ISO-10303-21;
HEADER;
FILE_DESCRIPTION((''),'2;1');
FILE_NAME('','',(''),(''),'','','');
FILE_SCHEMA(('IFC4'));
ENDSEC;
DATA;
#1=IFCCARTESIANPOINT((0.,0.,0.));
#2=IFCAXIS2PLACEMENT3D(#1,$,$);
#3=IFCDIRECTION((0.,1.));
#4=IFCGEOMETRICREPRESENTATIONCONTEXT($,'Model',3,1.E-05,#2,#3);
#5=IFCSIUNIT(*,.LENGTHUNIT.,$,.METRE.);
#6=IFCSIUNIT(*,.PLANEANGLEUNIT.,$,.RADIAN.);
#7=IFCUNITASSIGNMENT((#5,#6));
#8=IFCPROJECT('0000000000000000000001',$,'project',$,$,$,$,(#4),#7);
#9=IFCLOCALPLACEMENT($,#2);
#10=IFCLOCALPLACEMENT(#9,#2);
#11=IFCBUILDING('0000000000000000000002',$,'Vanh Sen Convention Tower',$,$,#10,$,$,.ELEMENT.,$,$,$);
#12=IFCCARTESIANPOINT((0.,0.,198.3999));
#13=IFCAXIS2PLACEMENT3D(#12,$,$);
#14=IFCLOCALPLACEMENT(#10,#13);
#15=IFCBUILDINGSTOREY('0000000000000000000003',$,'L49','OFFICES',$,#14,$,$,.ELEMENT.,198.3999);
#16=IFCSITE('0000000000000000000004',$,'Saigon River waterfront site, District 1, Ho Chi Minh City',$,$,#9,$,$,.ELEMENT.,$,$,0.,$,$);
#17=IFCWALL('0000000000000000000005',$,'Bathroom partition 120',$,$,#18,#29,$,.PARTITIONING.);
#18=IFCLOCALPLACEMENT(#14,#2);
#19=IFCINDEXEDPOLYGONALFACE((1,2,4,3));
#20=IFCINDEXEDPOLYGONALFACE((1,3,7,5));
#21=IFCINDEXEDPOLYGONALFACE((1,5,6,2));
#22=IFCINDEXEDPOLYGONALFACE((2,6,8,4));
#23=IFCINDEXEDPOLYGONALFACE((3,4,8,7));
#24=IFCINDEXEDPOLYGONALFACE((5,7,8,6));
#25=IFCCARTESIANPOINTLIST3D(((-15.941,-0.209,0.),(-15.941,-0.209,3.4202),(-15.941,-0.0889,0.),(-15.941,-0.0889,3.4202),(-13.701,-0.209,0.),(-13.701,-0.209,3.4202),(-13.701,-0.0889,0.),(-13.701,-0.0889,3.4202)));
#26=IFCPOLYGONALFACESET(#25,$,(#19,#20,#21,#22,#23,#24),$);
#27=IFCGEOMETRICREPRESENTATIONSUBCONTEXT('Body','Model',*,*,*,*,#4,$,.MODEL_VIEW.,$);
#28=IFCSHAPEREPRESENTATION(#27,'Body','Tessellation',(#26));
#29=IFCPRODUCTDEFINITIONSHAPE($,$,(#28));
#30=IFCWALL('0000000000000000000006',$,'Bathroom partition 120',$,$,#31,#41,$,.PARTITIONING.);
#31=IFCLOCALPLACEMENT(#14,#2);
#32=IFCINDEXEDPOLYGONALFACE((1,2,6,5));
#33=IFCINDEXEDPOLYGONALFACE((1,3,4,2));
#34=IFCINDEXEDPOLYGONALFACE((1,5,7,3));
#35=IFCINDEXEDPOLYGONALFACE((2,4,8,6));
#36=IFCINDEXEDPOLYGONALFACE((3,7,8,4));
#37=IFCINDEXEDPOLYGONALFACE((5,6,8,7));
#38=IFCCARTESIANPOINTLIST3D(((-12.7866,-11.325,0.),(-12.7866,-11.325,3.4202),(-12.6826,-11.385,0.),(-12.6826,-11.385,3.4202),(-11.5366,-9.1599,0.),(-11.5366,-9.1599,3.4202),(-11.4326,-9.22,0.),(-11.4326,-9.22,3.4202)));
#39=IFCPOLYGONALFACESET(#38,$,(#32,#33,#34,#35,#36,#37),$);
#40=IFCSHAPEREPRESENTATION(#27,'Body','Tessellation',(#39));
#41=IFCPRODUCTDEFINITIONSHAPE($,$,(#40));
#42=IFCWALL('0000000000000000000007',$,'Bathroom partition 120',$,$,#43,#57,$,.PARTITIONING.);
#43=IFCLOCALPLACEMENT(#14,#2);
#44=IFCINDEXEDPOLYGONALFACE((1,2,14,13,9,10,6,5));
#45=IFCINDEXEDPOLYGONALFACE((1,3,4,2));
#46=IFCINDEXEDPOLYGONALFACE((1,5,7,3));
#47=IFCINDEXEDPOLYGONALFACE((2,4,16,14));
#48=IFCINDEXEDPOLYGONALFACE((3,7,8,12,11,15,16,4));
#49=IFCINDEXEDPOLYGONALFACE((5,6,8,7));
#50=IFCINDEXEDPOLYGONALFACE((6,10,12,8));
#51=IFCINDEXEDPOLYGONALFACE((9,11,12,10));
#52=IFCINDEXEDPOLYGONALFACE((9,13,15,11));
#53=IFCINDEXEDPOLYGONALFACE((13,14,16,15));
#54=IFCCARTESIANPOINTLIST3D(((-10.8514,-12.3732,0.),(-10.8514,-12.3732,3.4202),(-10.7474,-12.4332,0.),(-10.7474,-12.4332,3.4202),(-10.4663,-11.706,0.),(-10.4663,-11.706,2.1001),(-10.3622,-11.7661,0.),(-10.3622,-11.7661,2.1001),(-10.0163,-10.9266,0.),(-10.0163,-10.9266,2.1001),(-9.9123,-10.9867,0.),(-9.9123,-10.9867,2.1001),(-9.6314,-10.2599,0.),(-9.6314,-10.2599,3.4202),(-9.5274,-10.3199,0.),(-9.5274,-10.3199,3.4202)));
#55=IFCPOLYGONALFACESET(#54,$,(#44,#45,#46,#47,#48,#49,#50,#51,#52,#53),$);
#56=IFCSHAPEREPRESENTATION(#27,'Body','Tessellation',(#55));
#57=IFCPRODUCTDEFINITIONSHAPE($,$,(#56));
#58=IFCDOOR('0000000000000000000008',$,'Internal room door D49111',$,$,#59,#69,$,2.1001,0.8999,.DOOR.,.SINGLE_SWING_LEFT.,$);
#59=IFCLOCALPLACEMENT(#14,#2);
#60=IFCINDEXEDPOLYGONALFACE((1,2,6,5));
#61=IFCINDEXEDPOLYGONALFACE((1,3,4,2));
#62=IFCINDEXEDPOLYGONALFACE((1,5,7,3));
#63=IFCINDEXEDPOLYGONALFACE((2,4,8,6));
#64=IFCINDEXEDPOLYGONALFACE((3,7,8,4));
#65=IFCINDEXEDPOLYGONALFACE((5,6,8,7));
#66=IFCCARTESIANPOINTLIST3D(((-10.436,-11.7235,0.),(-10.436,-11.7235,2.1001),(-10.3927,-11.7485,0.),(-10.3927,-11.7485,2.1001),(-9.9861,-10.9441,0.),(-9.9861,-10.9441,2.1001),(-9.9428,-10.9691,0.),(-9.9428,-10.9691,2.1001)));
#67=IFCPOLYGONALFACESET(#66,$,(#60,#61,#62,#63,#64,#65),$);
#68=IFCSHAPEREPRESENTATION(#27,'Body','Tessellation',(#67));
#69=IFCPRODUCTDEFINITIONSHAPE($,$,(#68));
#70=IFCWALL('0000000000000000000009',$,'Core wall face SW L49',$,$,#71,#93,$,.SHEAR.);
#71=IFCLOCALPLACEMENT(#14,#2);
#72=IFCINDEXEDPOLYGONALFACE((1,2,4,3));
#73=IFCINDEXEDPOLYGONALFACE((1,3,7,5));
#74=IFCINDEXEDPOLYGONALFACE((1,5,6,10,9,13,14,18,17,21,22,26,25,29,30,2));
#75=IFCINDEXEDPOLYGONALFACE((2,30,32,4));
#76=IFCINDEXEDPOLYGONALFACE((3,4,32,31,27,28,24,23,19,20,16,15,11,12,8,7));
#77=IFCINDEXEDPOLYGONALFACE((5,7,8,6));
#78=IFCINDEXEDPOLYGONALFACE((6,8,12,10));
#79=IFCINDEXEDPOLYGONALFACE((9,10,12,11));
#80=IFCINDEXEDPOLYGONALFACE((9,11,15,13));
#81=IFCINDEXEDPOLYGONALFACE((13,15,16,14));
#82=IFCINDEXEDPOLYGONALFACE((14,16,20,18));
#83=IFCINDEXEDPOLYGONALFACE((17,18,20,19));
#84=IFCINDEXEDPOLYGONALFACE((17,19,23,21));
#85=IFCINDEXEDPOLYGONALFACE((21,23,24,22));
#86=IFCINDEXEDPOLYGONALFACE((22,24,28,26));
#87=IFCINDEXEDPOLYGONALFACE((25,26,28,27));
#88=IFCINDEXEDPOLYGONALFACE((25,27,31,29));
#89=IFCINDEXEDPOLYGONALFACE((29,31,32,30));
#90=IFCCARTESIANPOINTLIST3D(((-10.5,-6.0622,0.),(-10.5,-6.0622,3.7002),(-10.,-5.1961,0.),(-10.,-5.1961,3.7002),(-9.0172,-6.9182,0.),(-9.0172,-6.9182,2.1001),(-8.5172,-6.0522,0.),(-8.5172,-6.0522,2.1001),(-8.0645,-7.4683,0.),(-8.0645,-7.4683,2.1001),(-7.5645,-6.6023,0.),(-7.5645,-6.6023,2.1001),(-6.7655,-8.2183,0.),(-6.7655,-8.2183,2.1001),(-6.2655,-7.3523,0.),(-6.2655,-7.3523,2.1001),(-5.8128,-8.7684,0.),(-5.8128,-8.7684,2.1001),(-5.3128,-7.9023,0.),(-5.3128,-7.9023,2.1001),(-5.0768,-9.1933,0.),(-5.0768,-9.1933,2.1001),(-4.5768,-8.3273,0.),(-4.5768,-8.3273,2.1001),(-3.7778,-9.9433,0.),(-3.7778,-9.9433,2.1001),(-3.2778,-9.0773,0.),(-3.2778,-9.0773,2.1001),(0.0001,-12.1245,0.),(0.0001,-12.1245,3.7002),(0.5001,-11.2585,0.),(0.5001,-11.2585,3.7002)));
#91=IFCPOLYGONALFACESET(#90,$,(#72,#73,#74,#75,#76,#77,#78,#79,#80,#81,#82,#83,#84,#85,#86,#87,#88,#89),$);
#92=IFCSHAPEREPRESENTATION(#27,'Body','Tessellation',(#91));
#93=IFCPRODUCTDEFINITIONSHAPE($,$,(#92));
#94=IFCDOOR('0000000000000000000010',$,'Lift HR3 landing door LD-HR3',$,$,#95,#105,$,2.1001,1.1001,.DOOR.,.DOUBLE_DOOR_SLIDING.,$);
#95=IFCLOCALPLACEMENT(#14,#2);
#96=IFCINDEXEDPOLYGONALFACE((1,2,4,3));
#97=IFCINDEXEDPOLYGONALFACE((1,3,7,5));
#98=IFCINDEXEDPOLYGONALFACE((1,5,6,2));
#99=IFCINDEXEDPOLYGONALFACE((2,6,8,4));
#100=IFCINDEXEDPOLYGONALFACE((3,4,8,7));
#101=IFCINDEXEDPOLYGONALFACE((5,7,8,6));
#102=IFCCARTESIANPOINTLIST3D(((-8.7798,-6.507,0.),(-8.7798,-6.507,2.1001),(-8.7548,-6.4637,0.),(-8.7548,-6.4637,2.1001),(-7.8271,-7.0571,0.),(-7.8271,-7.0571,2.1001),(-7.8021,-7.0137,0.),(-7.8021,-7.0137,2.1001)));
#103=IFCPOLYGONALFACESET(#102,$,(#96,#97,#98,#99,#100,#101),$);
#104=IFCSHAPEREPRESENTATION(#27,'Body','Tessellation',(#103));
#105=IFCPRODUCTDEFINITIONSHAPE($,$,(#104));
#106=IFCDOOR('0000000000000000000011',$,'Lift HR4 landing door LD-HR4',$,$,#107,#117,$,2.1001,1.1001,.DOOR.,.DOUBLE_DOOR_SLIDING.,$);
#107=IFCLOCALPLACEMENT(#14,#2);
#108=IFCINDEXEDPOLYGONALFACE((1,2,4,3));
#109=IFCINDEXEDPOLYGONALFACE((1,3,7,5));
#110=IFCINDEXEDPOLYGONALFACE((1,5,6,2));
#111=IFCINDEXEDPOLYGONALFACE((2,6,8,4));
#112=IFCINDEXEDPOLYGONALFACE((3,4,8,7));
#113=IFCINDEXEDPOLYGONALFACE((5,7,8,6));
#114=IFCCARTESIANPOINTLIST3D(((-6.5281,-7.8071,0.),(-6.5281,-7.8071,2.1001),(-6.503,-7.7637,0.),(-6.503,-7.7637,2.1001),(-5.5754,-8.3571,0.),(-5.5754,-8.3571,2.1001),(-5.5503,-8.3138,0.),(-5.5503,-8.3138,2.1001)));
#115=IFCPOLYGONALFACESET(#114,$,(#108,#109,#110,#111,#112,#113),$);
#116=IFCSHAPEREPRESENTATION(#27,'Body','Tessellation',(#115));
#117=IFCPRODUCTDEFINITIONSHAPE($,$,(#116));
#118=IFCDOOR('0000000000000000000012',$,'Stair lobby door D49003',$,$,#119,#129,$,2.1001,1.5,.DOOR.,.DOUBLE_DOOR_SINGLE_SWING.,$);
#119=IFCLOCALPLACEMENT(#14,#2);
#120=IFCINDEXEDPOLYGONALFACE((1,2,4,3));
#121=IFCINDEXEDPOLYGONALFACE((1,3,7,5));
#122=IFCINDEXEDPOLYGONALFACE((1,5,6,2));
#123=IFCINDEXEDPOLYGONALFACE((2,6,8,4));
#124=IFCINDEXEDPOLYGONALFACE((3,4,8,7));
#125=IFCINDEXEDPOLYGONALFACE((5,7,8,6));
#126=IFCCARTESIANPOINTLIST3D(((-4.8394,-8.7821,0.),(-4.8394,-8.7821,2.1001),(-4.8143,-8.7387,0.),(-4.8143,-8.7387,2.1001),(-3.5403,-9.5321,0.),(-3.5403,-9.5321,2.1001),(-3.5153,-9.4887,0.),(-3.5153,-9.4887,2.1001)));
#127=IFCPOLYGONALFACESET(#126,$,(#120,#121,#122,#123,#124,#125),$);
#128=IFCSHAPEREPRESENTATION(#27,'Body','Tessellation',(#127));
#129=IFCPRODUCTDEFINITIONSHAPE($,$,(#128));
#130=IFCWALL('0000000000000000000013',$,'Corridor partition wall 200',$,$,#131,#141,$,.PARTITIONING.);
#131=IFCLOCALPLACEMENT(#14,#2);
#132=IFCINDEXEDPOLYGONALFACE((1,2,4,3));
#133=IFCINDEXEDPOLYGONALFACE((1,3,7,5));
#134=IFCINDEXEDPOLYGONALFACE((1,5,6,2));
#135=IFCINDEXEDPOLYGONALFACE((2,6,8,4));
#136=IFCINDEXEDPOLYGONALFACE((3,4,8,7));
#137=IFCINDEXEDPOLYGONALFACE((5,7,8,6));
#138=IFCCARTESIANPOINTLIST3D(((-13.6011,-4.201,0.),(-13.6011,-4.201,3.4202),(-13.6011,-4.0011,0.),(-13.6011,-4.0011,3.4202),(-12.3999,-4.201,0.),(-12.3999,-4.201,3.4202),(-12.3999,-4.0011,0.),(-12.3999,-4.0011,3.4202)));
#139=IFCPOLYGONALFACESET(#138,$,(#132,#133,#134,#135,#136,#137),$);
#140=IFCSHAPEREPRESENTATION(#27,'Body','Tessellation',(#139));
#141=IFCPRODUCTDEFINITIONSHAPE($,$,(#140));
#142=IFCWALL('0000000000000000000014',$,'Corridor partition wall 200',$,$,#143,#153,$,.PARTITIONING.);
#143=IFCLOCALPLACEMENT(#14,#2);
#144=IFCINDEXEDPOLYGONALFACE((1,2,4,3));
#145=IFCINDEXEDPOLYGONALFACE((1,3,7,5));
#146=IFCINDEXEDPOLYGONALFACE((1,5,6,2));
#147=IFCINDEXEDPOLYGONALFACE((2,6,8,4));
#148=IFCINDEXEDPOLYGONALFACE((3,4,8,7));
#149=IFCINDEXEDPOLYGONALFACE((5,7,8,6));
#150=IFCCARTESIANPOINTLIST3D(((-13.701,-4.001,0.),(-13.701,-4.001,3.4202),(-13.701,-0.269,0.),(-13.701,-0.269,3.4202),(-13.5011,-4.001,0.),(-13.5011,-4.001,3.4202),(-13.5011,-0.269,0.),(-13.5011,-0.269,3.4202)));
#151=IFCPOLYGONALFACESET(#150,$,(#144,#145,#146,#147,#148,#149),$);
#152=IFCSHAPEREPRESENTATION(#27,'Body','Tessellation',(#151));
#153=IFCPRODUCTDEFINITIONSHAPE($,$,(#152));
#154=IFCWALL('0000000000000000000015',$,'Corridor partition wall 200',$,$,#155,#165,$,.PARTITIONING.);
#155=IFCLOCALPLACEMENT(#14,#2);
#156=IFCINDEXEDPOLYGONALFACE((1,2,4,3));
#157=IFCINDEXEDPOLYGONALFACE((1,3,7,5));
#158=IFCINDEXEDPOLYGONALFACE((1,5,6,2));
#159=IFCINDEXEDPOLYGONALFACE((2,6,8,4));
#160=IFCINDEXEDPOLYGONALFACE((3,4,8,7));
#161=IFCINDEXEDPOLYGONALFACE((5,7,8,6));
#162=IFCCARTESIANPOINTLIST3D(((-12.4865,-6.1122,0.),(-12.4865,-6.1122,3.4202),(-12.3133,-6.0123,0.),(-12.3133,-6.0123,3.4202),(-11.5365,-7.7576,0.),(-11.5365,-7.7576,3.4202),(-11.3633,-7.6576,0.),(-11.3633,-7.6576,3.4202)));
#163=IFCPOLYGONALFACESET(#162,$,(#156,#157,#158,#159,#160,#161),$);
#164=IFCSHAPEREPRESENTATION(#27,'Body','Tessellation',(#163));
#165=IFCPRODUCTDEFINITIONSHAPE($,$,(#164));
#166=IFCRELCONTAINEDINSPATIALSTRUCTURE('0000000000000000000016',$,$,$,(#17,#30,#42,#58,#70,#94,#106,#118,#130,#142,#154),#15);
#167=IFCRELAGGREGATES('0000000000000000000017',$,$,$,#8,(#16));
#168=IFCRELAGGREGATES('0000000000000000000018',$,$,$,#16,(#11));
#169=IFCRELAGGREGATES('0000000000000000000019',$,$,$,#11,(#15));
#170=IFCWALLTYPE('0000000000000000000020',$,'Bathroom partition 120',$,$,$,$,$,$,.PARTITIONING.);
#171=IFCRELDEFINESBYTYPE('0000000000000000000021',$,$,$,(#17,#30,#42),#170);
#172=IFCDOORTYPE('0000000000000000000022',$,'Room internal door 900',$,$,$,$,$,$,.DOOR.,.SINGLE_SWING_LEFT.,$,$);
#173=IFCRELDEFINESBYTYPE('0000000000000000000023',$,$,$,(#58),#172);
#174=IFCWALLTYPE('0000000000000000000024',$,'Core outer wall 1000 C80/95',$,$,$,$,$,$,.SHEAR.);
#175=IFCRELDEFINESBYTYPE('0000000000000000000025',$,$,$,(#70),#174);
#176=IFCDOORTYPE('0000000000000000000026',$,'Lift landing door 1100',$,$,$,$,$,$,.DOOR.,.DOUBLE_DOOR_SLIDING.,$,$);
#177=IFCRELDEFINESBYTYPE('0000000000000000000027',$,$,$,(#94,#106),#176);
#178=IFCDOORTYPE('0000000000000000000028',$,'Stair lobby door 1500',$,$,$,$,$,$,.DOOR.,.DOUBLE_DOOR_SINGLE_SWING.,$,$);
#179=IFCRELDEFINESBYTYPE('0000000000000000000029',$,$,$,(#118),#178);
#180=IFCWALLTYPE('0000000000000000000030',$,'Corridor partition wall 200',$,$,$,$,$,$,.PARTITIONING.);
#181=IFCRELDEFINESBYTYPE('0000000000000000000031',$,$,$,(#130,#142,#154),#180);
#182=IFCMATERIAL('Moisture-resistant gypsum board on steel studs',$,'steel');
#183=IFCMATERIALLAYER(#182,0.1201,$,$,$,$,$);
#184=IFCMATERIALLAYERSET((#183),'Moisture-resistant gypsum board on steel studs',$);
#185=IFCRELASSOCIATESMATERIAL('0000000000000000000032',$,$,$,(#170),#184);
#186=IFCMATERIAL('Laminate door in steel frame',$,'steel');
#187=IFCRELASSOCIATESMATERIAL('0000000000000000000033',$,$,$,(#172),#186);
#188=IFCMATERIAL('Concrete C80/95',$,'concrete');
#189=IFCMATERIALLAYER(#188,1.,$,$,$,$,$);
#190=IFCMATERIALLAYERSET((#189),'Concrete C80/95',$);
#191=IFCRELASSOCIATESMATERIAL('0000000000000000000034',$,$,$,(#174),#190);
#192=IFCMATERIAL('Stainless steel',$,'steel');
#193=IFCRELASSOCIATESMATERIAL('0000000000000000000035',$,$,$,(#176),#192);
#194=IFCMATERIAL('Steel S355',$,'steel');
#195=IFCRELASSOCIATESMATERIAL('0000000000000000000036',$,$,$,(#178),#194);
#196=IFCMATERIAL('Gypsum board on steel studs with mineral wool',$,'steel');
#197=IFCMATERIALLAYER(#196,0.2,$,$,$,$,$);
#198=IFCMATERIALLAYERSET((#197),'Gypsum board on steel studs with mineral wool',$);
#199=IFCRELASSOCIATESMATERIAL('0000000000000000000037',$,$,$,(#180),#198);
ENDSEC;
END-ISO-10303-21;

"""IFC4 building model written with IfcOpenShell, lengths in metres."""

from ifc_helpers import new_model, si_unit, direction, frame, frame_2d, origin, place, context, subcontext, project, spatial, rectangle, extrude, material, layer, layer_set, type_object, element, fill, save


model = new_model("IFC4")

# Units and contexts
model_context = context("Model", 3, precision=1e-05, world=origin(), true_north=direction((0.0, 1.0)))
body_context = subcontext(model_context, "Body", "Model", "MODEL_VIEW")
ifc_project = project(units=[si_unit("LENGTHUNIT", "METRE"), si_unit("PLANEANGLEUNIT", "RADIAN")], contexts=[model_context])

# Site, building, storey
site_placement = place(None, origin())
site = spatial("IfcSite", under=ifc_project, at=site_placement, Name="Saigon River waterfront site, District 1, Ho Chi Minh City", CompositionType="ELEMENT", RefElevation=0.0)
building_placement = place(site_placement, origin())
building = spatial("IfcBuilding", under=site, at=building_placement, Name="Vanh Sen Convention Tower", CompositionType="ELEMENT")
storey_placement = place(building_placement, frame((0.0, 0.0, 198.3999)))
storey = spatial("IfcBuildingStorey", under=building, at=storey_placement, Name="L49", Description="OFFICES", CompositionType="ELEMENT", Elevation=198.3999)

# Walls
ifc_material_1 = material(Name="Moisture-resistant gypsum board on steel studs", Category="steel")
ifc_layer_1 = layer(ifc_material_1, 0.1201)
ifc_layer_set_1 = layer_set([ifc_layer_1], Name="Moisture-resistant gypsum board on steel studs")
wall_type_1 = type_object("IfcWallType", Name="Bathroom partition 120", PredefinedType="PARTITIONING", material=ifc_layer_set_1)
wall_1_placement = place(storey_placement, frame((-13.7009, -0.1489, 0.0), z_axis=(0.0, 0.0, 1.0), x_axis=(-1.0, 0.0, 0.0)))
element("IfcWall", 1, at=wall_1_placement, inside=storey, type_object=wall_type_1, Name="Bathroom partition 120", PredefinedType="PARTITIONING", context=body_context, shape_type="SweptSolid", body=[
    extrude(rectangle(XDim=2.24, YDim=0.1201, at=frame_2d((1.1201, 0.0))), origin(), (0.0, 0.0, 1.0), 3.4202),
])
wall_2_placement = place(storey_placement, frame((-12.7346, -11.355, 0.0), z_axis=(0.0, 0.0, 1.0), x_axis=(0.500004, 0.866023, 0.0)))
element("IfcWall", 2, at=wall_2_placement, inside=storey, type_object=wall_type_1, Name="Bathroom partition 120", PredefinedType="PARTITIONING", context=body_context, shape_type="SweptSolid", body=[
    extrude(rectangle(XDim=2.5, YDim=0.1201, at=frame_2d((1.25, 0.0))), origin(), (0.0, 0.0, 1.0), 3.4202),
])

# Wall, opening, door
wall_3_placement = place(storey_placement, frame((-9.5793, -10.2898, 0.0), z_axis=(0.0, 0.0, 1.0), x_axis=(-0.499959, -0.866049, 0.0)))
wall_3 = element("IfcWall", 3, at=wall_3_placement, inside=storey, type_object=wall_type_1, Name="Bathroom partition 120", PredefinedType="PARTITIONING", context=body_context, shape_type="SweptSolid", body=[
    extrude(rectangle(XDim=2.4402, YDim=0.1201, at=frame_2d((1.2202, 0.0))), origin(), (0.0, 0.0, 1.0), 3.4202),
])
opening_1_placement = place(wall_3_placement, frame((0.77, 0.0, 0.0)))
opening_1 = element("IfcOpeningElement", 4, at=opening_1_placement, cuts=wall_3, PredefinedType="OPENING", context=body_context, shape_type="SweptSolid", body=[
    extrude(rectangle(XDim=0.8999, YDim=2.1001, at=frame_2d((0.45, 1.05))), frame((0.0, 0.0701, 0.0), z_axis=(0.0, -1.0, 0.0), x_axis=(1.0, 0.0, 0.0)), (0.0, 0.0, 1.0), 0.1401),
])
ifc_material_2 = material(Name="Laminate door in steel frame", Category="steel")
door_type_1 = type_object("IfcDoorType", Name="Room internal door 900", OperationType="SINGLE_SWING_LEFT", PredefinedType="DOOR", material=ifc_material_2)
door_1_placement = place(opening_1_placement, origin())
door_1 = element("IfcDoor", 5, at=door_1_placement, inside=storey, type_object=door_type_1, Name="Internal room door D49111", OperationType="SINGLE_SWING_LEFT", OverallHeight=2.1001, OverallWidth=0.8999, PredefinedType="DOOR", context=body_context, shape_type="SweptSolid", body=[
    extrude(rectangle(XDim=0.8999, YDim=2.1001, at=frame_2d((0.45, 1.05))), frame((0.0, 0.0249, 0.0), z_axis=(0.0, -1.0, 0.0), x_axis=(1.0, 0.0, 0.0)), (0.0, 0.0, 1.0), 0.05),
])
fill(opening_1, door_1)

# Wall, openings, doors
ifc_material_3 = material(Name="Concrete C80/95", Category="concrete")
ifc_layer_2 = layer(ifc_material_3, 1.0)
ifc_layer_set_2 = layer_set([ifc_layer_2], Name="Concrete C80/95")
wall_type_2 = type_object("IfcWallType", Name="Core outer wall 1000 C80/95", PredefinedType="SHEAR", material=ifc_layer_set_2)
wall_4_placement = place(storey_placement, frame((-10.25, -5.6292, 0.0), z_axis=(0.0, 0.0, 1.0), x_axis=(0.866023, -0.500005, 0.0)))
wall_4 = element("IfcWall", 6, at=wall_4_placement, inside=storey, type_object=wall_type_2, Name="Core wall face SW L49", PredefinedType="SHEAR", context=body_context, shape_type="SweptSolid", body=[
    extrude(rectangle(XDim=12.1245, YDim=1.0, at=frame_2d((6.0623, 0.0))), origin(), (0.0, 0.0, 1.0), 3.7002),
])
opening_2_placement = place(wall_4_placement, frame((6.2622, 0.0, 0.0)))
opening_2 = element("IfcOpeningElement", 7, at=opening_2_placement, cuts=wall_4, PredefinedType="OPENING", context=body_context, shape_type="SweptSolid", body=[
    extrude(rectangle(XDim=1.5, YDim=2.1001, at=frame_2d((0.75, 1.05))), frame((0.0, 0.51, 0.0), z_axis=(0.0, -1.0, 0.0), x_axis=(1.0, 0.0, 0.0)), (0.0, 0.0, 1.0), 1.02),
])
opening_3_placement = place(wall_4_placement, frame((1.7122, 0.0, 0.0)))
opening_3 = element("IfcOpeningElement", 8, at=opening_3_placement, cuts=wall_4, PredefinedType="OPENING", context=body_context, shape_type="SweptSolid", body=[
    extrude(rectangle(XDim=1.1001, YDim=2.1001, at=frame_2d((0.55, 1.05))), frame((0.0, 0.51, 0.0), z_axis=(0.0, -1.0, 0.0), x_axis=(1.0, 0.0, 0.0)), (0.0, 0.0, 1.0), 1.02),
])
opening_4_placement = place(wall_4_placement, frame((4.3123, 0.0, 0.0)))
opening_4 = element("IfcOpeningElement", 9, at=opening_4_placement, cuts=wall_4, PredefinedType="OPENING", context=body_context, shape_type="SweptSolid", body=[
    extrude(rectangle(XDim=1.1001, YDim=2.1001, at=frame_2d((0.55, 1.05))), frame((0.0, 0.51, 0.0), z_axis=(0.0, -1.0, 0.0), x_axis=(1.0, 0.0, 0.0)), (0.0, 0.0, 1.0), 1.02),
])
ifc_material_4 = material(Name="Stainless steel", Category="steel")
door_type_2 = type_object("IfcDoorType", Name="Lift landing door 1100", OperationType="DOUBLE_DOOR_SLIDING", PredefinedType="DOOR", material=ifc_material_4)
door_2_placement = place(opening_3_placement, origin())
door_2 = element("IfcDoor", 10, at=door_2_placement, inside=storey, type_object=door_type_2, Name="Lift HR3 landing door LD-HR3", OperationType="DOUBLE_DOOR_SLIDING", OverallHeight=2.1001, OverallWidth=1.1001, PredefinedType="DOOR", context=body_context, shape_type="SweptSolid", body=[
    extrude(rectangle(XDim=1.1001, YDim=2.1001, at=frame_2d((0.55, 1.05))), frame((0.0, 0.0249, 0.0), z_axis=(0.0, -1.0, 0.0), x_axis=(1.0, 0.0, 0.0)), (0.0, 0.0, 1.0), 0.05),
])
fill(opening_3, door_2)
door_3_placement = place(opening_4_placement, origin())
door_3 = element("IfcDoor", 11, at=door_3_placement, inside=storey, type_object=door_type_2, Name="Lift HR4 landing door LD-HR4", OperationType="DOUBLE_DOOR_SLIDING", OverallHeight=2.1001, OverallWidth=1.1001, PredefinedType="DOOR", context=body_context, shape_type="SweptSolid", body=[
    extrude(rectangle(XDim=1.1001, YDim=2.1001, at=frame_2d((0.55, 1.05))), frame((0.0, 0.0249, 0.0), z_axis=(0.0, -1.0, 0.0), x_axis=(1.0, 0.0, 0.0)), (0.0, 0.0, 1.0), 0.05),
])
fill(opening_4, door_3)
ifc_material_5 = material(Name="Steel S355", Category="steel")
door_type_3 = type_object("IfcDoorType", Name="Stair lobby door 1500", OperationType="DOUBLE_DOOR_SINGLE_SWING", PredefinedType="DOOR", material=ifc_material_5)
door_4_placement = place(opening_2_placement, origin())
door_4 = element("IfcDoor", 12, at=door_4_placement, inside=storey, type_object=door_type_3, Name="Stair lobby door D49003", OperationType="DOUBLE_DOOR_SINGLE_SWING", OverallHeight=2.1001, OverallWidth=1.5, PredefinedType="DOOR", context=body_context, shape_type="SweptSolid", body=[
    extrude(rectangle(XDim=1.5, YDim=2.1001, at=frame_2d((0.75, 1.05))), frame((0.0, 0.0249, 0.0), z_axis=(0.0, -1.0, 0.0), x_axis=(1.0, 0.0, 0.0)), (0.0, 0.0, 1.0), 0.05),
])
fill(opening_2, door_4)

# Walls
ifc_material_6 = material(Name="Gypsum board on steel studs with mineral wool", Category="steel")
ifc_layer_3 = layer(ifc_material_6, 0.2)
ifc_layer_set_3 = layer_set([ifc_layer_3], Name="Gypsum board on steel studs with mineral wool")
wall_type_3 = type_object("IfcWallType", Name="Corridor partition wall 200", PredefinedType="PARTITIONING", material=ifc_layer_set_3)
wall_5_placement = place(storey_placement, frame((-13.6011, -4.1011, 0.0), z_axis=(0.0, 0.0, 1.0), x_axis=(1.0, 0.0, 0.0)))
element("IfcWall", 13, at=wall_5_placement, inside=storey, type_object=wall_type_3, Name="Corridor partition wall 200", PredefinedType="PARTITIONING", context=body_context, shape_type="SweptSolid", body=[
    extrude(rectangle(XDim=1.2012, YDim=0.2, at=frame_2d((0.6006, 0.0))), origin(), (0.0, 0.0, 1.0), 3.4202),
])
wall_6_placement = place(storey_placement, frame((-13.6011, -0.269, 0.0), z_axis=(0.0, 0.0, 1.0), x_axis=(0.0, -1.0, 0.0)))
element("IfcWall", 14, at=wall_6_placement, inside=storey, type_object=wall_type_3, Name="Corridor partition wall 200", PredefinedType="PARTITIONING", context=body_context, shape_type="SweptSolid", body=[
    extrude(rectangle(XDim=3.7319, YDim=0.2, at=frame_2d((1.866, 0.0))), origin(), (0.0, 0.0, 1.0), 3.4202),
])
wall_7_placement = place(storey_placement, frame((-12.3999, -6.0623, 0.0), z_axis=(0.0, 0.0, 1.0), x_axis=(0.500023, -0.866012, 0.0)))
element("IfcWall", 15, at=wall_7_placement, inside=storey, type_object=wall_type_3, Name="Corridor partition wall 200", PredefinedType="PARTITIONING", context=body_context, shape_type="SweptSolid", body=[
    extrude(rectangle(XDim=1.8999, YDim=0.2, at=frame_2d((0.95, 0.0))), origin(), (0.0, 0.0, 1.0), 3.4202),
])

save(model, "model.ifc")
